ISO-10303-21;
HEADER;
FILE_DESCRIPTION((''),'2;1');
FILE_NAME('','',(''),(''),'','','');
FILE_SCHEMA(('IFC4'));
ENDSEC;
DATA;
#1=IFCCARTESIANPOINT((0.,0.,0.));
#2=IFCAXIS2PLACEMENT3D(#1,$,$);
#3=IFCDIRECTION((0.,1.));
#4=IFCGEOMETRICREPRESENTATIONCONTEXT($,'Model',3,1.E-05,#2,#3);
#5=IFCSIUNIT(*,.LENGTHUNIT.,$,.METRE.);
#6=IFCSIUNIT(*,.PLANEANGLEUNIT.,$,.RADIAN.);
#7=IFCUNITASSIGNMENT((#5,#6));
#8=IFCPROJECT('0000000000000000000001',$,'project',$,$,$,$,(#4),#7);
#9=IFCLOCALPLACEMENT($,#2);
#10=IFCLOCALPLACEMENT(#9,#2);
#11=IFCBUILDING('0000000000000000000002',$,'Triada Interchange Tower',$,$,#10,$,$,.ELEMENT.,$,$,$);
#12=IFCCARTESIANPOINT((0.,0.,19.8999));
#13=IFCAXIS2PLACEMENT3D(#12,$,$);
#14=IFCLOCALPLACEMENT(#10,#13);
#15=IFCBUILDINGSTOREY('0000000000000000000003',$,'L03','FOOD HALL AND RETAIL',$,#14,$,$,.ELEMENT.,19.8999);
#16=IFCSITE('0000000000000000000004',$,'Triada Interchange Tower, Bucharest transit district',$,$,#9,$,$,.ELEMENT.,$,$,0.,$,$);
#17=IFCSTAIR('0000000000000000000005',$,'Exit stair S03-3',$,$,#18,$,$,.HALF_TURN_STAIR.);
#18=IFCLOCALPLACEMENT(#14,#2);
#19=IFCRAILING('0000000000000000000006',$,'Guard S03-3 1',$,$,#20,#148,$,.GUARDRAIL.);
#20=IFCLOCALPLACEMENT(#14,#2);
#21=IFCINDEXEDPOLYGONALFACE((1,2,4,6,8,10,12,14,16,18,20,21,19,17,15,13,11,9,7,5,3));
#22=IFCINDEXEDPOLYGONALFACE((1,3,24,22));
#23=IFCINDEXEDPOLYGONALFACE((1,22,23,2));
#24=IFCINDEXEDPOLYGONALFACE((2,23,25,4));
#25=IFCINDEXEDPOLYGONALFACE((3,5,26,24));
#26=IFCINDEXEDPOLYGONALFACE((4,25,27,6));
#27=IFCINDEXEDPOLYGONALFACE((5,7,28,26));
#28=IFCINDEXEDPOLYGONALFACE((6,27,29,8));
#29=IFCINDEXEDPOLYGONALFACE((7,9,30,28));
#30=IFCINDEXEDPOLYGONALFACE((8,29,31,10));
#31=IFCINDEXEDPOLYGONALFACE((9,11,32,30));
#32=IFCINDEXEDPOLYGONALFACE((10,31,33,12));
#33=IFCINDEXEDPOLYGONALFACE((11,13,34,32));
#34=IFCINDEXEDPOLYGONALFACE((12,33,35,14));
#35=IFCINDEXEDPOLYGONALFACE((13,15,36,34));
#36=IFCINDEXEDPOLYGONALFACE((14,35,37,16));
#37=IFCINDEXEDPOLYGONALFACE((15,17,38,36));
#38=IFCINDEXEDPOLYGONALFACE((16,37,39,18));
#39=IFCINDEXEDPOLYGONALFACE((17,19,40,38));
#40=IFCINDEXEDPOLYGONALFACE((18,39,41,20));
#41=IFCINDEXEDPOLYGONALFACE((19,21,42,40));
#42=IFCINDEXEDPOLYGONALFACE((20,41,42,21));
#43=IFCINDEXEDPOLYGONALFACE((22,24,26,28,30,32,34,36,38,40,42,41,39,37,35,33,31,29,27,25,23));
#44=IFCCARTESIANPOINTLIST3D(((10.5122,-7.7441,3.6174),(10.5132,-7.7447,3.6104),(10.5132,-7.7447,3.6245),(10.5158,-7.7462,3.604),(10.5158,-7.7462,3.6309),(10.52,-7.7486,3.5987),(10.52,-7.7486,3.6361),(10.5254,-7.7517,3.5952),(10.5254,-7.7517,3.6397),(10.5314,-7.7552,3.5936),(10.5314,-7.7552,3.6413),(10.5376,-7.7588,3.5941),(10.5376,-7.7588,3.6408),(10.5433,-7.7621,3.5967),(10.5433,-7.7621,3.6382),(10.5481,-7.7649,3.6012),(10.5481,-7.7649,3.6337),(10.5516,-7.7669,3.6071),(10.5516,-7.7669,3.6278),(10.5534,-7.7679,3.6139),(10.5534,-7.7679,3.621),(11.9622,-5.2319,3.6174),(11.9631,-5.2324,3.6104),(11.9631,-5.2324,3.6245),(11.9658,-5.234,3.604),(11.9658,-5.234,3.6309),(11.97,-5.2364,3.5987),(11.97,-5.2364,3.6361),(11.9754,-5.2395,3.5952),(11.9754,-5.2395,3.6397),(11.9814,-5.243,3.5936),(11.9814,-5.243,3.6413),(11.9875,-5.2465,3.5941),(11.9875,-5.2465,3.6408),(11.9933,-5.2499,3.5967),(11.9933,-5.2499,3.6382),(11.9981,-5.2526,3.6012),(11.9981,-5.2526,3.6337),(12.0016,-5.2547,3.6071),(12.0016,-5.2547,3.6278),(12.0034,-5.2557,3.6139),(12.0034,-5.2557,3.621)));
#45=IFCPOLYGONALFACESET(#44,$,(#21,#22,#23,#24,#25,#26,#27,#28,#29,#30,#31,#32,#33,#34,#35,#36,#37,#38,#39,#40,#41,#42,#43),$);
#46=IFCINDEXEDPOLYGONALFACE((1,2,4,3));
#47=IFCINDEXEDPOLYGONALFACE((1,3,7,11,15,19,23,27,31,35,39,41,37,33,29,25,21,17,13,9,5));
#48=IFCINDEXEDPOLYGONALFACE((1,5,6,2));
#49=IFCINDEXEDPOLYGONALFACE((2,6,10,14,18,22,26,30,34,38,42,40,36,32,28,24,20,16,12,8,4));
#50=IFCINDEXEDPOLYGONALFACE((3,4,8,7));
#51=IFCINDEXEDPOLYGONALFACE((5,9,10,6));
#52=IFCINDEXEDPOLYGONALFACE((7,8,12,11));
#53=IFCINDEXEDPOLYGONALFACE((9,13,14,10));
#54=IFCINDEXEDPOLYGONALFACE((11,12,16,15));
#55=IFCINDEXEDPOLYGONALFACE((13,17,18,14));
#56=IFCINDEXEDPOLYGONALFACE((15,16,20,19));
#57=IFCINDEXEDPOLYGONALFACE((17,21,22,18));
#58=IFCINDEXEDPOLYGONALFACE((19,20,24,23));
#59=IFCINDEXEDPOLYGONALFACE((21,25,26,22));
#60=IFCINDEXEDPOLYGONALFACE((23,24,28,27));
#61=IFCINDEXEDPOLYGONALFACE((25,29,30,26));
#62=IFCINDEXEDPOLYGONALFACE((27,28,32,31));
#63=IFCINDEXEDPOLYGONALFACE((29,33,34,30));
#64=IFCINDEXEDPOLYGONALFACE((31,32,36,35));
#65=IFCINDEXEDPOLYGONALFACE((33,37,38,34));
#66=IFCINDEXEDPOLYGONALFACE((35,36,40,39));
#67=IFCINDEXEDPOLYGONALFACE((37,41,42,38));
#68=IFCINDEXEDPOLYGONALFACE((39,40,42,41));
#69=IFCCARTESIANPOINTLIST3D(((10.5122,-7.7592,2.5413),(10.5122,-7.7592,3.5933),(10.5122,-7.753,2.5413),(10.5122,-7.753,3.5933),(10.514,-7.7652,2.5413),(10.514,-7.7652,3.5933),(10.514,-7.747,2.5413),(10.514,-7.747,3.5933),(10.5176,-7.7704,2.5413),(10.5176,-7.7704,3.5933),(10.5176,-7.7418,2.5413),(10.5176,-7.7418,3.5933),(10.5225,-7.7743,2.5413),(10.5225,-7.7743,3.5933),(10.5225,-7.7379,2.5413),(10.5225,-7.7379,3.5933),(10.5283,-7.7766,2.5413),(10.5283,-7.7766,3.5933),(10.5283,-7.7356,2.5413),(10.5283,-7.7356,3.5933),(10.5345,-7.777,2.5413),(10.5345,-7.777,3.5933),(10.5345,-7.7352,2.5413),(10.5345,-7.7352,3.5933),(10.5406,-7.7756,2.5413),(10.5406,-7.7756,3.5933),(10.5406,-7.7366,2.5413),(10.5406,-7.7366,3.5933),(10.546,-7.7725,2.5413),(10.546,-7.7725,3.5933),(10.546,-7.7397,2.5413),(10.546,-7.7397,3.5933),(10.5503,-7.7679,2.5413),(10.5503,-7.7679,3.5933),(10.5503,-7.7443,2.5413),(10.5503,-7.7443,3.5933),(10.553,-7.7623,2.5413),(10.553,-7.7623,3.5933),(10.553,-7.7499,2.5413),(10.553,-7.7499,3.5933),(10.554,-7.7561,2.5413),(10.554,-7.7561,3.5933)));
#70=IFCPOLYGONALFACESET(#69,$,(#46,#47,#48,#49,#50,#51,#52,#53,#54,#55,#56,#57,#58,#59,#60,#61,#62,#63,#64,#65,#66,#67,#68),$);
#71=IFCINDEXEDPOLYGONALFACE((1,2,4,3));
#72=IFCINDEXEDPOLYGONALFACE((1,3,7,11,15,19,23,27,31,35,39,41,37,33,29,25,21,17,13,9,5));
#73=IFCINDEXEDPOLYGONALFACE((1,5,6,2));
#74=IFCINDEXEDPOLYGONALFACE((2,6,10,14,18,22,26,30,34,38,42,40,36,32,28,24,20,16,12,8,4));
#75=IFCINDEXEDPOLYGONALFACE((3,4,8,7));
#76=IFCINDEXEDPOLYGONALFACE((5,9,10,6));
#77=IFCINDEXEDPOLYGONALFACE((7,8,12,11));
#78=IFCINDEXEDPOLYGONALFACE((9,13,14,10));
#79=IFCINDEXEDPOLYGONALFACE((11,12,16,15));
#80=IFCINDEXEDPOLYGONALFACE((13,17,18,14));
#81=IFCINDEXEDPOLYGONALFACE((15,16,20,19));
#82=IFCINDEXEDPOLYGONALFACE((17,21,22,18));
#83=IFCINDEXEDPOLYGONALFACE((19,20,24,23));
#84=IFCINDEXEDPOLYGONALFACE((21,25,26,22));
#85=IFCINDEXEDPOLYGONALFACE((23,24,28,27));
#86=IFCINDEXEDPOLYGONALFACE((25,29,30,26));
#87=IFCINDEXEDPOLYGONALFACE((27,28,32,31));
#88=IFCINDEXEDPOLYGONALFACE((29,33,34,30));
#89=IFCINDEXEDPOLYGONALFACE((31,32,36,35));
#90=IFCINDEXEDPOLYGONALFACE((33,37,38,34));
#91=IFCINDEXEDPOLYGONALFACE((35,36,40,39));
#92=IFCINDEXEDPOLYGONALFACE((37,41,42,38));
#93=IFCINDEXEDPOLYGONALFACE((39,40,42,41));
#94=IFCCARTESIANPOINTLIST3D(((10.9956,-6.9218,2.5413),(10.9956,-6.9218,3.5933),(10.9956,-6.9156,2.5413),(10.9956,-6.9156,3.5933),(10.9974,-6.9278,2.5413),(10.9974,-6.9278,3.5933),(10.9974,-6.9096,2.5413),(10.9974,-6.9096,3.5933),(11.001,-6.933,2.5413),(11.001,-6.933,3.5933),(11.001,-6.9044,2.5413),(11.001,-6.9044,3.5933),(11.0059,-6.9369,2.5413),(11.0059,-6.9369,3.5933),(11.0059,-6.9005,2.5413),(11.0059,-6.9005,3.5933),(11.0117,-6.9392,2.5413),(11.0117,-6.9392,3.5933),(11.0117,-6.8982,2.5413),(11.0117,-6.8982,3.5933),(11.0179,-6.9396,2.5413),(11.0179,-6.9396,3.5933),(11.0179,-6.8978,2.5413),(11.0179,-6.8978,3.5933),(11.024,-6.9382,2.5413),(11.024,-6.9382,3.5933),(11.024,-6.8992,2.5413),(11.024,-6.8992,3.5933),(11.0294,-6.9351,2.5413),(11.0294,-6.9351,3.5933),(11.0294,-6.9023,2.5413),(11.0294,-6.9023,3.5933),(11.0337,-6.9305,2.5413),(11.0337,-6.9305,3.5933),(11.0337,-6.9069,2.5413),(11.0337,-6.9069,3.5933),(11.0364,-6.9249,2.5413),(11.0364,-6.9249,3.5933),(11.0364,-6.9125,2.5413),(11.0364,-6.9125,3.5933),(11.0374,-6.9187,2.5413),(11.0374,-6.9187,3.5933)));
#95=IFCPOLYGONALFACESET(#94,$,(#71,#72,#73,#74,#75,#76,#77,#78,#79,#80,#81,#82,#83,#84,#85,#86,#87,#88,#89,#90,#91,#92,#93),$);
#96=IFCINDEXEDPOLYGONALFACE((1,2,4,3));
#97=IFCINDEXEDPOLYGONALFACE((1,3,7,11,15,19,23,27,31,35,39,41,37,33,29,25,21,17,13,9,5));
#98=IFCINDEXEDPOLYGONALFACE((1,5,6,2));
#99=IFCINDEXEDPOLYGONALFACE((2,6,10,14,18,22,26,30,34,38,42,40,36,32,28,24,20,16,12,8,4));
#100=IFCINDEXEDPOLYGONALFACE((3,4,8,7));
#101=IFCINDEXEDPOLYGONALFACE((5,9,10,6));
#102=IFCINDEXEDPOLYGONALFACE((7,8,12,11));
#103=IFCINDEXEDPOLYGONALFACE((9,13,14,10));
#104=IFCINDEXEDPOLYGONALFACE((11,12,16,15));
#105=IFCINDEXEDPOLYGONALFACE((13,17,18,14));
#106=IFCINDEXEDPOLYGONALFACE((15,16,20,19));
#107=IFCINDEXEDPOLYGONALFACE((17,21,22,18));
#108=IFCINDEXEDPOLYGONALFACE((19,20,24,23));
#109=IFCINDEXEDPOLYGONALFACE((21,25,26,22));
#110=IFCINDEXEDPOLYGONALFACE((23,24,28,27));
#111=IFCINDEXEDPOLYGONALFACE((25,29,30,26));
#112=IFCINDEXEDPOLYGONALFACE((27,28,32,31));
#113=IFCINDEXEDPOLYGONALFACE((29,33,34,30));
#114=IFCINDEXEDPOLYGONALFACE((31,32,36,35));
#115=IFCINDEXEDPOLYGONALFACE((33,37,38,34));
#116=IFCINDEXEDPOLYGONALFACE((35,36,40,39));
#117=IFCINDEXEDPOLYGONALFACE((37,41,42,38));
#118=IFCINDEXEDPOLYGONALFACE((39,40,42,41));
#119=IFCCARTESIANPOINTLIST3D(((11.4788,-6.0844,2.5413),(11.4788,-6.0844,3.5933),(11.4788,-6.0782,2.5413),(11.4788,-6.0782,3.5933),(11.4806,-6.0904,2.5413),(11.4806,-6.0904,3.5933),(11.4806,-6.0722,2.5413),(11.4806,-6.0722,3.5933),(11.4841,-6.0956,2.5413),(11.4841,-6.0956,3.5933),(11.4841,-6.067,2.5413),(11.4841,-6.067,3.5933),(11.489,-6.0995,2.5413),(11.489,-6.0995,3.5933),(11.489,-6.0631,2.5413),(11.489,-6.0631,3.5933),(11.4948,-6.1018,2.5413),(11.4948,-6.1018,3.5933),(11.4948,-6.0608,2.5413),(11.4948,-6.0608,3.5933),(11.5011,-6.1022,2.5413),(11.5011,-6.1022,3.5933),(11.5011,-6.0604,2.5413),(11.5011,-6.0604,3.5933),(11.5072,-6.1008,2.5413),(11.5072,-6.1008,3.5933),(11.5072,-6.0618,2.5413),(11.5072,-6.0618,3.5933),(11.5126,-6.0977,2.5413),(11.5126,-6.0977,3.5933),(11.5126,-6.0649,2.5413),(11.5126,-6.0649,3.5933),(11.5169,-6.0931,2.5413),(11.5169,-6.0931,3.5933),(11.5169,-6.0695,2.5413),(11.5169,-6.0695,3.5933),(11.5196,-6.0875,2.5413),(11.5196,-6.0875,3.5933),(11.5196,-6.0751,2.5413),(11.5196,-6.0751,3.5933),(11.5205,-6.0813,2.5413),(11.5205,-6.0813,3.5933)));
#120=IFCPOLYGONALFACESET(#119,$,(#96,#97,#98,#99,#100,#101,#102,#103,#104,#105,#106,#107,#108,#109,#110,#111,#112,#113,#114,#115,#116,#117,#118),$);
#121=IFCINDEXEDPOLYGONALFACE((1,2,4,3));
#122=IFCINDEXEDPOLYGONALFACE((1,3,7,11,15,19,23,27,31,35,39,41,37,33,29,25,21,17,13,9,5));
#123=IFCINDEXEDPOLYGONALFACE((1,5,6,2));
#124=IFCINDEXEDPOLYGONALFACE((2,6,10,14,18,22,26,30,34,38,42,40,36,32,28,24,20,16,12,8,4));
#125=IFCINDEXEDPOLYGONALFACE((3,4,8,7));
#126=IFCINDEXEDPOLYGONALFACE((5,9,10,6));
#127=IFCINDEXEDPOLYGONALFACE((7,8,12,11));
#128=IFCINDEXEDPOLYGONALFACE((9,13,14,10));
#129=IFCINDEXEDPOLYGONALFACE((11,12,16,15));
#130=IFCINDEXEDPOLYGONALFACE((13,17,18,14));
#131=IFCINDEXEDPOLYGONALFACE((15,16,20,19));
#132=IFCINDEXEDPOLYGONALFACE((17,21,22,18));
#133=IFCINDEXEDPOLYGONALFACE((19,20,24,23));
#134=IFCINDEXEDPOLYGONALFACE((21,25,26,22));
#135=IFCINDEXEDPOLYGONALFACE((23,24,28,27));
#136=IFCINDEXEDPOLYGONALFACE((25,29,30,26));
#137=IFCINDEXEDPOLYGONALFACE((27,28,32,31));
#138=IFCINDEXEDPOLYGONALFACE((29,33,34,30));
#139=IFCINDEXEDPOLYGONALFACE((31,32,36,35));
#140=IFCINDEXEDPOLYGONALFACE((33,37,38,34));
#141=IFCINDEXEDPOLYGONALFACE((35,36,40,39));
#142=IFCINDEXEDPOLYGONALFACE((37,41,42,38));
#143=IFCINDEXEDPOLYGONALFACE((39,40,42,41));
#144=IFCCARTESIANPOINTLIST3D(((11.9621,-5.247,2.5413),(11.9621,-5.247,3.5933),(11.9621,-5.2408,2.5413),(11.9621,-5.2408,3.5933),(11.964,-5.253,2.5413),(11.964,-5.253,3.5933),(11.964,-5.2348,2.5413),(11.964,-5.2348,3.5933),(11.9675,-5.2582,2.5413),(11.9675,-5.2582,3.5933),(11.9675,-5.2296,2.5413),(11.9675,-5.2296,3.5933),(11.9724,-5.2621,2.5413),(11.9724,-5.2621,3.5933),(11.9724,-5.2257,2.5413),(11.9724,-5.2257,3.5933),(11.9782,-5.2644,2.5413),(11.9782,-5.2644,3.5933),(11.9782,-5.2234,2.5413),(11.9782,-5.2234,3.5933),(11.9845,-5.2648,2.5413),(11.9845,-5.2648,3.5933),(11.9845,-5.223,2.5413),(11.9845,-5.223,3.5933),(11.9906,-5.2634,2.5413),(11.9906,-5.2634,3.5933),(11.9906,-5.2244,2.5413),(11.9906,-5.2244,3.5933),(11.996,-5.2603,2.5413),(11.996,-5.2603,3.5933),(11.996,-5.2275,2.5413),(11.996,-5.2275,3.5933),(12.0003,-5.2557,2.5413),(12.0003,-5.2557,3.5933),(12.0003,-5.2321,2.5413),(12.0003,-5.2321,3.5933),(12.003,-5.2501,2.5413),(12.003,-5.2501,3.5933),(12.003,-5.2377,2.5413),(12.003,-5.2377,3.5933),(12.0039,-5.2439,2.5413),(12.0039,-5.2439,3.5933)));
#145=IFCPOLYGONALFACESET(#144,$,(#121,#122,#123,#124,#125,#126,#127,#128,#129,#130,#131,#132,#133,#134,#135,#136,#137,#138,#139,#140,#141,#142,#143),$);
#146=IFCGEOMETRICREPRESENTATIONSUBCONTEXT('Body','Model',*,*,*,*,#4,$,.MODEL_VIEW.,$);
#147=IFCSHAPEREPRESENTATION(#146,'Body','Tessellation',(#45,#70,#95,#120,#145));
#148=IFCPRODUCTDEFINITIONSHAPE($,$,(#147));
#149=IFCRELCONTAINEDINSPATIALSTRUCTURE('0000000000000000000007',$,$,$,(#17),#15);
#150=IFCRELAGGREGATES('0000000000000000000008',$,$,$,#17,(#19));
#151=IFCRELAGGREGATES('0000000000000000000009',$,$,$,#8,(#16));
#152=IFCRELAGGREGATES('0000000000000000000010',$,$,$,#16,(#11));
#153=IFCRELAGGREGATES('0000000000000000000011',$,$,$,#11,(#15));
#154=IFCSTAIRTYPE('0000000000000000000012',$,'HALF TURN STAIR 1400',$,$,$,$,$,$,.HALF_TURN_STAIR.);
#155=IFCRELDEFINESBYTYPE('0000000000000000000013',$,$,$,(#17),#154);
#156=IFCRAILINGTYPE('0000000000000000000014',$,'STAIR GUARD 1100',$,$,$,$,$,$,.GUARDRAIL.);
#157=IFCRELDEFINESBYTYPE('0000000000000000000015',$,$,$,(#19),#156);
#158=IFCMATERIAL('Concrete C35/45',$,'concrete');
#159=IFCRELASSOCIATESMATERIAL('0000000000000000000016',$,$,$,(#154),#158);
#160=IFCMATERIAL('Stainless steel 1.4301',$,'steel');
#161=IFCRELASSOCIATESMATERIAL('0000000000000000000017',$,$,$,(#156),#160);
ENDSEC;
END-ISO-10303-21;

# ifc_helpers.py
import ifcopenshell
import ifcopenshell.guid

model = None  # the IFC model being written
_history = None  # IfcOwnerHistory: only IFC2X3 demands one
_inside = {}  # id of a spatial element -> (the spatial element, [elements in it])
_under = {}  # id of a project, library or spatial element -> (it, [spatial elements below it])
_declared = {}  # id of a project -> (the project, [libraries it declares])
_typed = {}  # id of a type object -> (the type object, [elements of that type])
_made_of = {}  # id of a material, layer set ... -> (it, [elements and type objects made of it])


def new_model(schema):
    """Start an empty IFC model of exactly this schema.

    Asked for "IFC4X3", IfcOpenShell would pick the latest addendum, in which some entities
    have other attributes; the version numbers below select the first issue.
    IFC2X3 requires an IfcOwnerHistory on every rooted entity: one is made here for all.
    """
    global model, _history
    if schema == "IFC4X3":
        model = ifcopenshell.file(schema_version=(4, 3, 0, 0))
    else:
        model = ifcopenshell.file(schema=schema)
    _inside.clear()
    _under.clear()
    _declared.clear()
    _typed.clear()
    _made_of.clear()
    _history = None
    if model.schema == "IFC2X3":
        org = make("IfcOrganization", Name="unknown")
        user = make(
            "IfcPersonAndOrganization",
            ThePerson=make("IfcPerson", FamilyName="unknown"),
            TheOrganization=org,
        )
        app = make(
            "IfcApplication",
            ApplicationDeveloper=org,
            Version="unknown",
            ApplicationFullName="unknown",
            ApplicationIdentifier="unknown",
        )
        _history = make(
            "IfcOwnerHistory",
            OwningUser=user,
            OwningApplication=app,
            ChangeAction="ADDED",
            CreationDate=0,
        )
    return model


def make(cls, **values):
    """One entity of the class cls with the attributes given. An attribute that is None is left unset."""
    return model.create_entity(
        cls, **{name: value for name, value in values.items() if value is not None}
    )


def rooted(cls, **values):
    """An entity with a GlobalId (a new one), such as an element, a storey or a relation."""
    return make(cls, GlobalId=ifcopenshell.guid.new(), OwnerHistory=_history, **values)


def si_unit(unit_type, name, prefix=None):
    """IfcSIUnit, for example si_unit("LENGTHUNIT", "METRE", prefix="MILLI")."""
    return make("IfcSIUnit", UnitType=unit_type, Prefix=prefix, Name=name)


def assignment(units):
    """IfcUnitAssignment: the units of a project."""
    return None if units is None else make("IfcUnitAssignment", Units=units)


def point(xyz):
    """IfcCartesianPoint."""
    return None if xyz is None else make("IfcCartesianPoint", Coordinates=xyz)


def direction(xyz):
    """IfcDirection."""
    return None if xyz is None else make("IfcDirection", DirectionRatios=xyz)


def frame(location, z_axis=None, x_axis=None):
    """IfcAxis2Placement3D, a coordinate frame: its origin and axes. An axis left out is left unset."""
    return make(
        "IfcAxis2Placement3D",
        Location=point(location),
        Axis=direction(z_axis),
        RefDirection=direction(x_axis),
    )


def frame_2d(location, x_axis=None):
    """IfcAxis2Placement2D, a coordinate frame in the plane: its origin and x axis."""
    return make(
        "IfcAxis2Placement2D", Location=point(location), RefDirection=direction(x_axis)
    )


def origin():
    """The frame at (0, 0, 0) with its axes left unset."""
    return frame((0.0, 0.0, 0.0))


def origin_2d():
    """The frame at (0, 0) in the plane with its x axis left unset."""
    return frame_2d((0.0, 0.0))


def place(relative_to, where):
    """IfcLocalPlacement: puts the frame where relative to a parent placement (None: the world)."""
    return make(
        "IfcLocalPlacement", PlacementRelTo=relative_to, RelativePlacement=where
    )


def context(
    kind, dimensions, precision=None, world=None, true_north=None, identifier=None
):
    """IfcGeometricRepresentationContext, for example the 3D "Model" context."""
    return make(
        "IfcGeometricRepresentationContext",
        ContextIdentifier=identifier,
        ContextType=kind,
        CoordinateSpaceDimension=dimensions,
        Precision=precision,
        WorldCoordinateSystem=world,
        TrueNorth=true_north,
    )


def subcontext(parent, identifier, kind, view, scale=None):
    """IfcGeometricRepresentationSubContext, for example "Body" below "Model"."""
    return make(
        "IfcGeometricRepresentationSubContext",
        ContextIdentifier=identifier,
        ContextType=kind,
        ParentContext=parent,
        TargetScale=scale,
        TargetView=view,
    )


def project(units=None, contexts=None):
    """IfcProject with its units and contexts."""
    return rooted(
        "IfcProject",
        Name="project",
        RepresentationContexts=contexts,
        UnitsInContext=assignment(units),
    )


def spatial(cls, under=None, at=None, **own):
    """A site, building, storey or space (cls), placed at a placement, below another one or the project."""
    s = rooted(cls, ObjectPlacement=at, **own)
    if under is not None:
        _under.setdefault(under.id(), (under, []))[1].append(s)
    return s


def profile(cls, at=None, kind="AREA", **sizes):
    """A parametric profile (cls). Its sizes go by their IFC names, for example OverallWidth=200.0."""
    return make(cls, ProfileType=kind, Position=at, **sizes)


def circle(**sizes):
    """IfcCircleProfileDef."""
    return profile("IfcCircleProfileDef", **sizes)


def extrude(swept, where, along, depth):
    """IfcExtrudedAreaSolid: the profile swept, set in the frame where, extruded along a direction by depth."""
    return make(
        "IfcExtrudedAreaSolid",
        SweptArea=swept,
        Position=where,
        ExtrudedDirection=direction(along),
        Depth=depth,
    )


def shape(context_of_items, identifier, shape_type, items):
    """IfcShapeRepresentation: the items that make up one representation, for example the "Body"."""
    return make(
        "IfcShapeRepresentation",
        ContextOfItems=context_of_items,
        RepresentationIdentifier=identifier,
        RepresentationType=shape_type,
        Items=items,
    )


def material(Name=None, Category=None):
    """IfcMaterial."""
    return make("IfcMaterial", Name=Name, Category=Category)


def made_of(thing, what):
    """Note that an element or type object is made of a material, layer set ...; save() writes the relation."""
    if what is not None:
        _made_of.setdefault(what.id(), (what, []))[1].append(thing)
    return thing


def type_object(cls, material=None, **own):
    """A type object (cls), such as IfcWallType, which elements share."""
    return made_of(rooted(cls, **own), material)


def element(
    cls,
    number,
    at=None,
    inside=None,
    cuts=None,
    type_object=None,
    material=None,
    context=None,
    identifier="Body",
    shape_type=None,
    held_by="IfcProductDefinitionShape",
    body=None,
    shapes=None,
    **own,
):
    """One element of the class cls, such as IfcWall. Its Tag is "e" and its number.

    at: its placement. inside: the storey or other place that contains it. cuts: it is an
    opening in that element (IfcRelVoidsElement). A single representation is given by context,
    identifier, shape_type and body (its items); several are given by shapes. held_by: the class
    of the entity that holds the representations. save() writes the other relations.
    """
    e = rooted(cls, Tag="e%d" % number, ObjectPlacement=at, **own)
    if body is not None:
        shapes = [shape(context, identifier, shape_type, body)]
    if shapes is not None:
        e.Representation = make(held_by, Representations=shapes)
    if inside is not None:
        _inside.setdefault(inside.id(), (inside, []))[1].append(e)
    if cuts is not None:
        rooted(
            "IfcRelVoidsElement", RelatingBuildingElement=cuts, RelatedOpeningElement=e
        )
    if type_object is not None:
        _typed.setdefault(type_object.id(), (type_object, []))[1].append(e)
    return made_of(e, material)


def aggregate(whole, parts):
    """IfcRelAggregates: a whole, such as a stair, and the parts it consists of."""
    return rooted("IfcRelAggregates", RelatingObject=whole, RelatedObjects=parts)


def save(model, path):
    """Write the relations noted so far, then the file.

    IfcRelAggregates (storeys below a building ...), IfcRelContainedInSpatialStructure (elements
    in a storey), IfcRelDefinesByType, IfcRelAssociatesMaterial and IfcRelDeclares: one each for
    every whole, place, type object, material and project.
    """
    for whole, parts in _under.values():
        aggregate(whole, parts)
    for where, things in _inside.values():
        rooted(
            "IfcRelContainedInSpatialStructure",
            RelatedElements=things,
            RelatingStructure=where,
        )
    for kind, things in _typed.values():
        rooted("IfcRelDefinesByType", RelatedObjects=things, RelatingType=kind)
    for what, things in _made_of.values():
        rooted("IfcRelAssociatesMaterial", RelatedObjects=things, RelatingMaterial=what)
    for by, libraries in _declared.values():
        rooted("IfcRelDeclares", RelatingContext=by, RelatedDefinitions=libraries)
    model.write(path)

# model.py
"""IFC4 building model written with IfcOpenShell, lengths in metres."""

from ifc_helpers import new_model, si_unit, direction, frame, origin, origin_2d, place, context, subcontext, project, spatial, circle, extrude, material, type_object, element, aggregate, save


model = new_model("IFC4")

# Units and contexts
model_context = context("Model", 3, precision=1e-05, world=origin(), true_north=direction((0.0, 1.0)))
body_context = subcontext(model_context, "Body", "Model", "MODEL_VIEW")
ifc_project = project(units=[si_unit("LENGTHUNIT", "METRE"), si_unit("PLANEANGLEUNIT", "RADIAN")], contexts=[model_context])

# Site, building, storey
site_placement = place(None, origin())
site = spatial("IfcSite", under=ifc_project, at=site_placement, Name="Triada Interchange Tower, Bucharest transit district", CompositionType="ELEMENT", RefElevation=0.0)
building_placement = place(site_placement, origin())
building = spatial("IfcBuilding", under=site, at=building_placement, Name="Triada Interchange Tower", CompositionType="ELEMENT")
storey_placement = place(building_placement, frame((0.0, 0.0, 19.8999)))
storey = spatial("IfcBuildingStorey", under=building, at=storey_placement, Name="L03", Description="FOOD HALL AND RETAIL", CompositionType="ELEMENT", Elevation=19.8999)

# Shared definitions
ifc_material_1 = material(Name="Concrete C35/45", Category="concrete")

# Stair, railing
stair_type = type_object("IfcStairType", Name="HALF TURN STAIR 1400", PredefinedType="HALF_TURN_STAIR", material=ifc_material_1)
stair_placement = place(storey_placement, origin())
stair = element("IfcStair", 1, at=stair_placement, inside=storey, type_object=stair_type, Name="Exit stair S03-3", PredefinedType="HALF_TURN_STAIR")
ifc_material_2 = material(Name="Stainless steel 1.4301", Category="steel")
railing_type_1 = type_object("IfcRailingType", Name="STAIR GUARD 1100", PredefinedType="GUARDRAIL", material=ifc_material_2)
railing_1_placement = place(storey_placement, frame((10.533, -7.7561, 2.5413)))
railing_1 = element("IfcRailing", 2, at=railing_1_placement, type_object=railing_type_1, Name="Guard S03-3 1", PredefinedType="GUARDRAIL", context=body_context, shape_type="SweptSolid", body=[
    extrude(circle(Radius=0.0239, at=origin_2d()), frame((0.0, 0.0, 1.0762), z_axis=(0.499878, 0.866096, 0.0), x_axis=(-0.866096, 0.499878, 0.0)), (0.0, 0.0, 1.0), 2.9006),
    extrude(circle(Radius=0.021, at=origin_2d()), origin(), (0.0, 0.0, 1.0), 1.052),
    extrude(circle(Radius=0.021, at=origin_2d()), frame((0.4834, 0.8374, 0.0)), (0.0, 0.0, 1.0), 1.052),
    extrude(circle(Radius=0.021, at=origin_2d()), frame((0.9666, 1.6748, 0.0)), (0.0, 0.0, 1.0), 1.052),
    extrude(circle(Radius=0.021, at=origin_2d()), frame((1.45, 2.5122, 0.0)), (0.0, 0.0, 1.0), 1.052),
])
aggregate(stair, [railing_1])

save(model, "model.ifc")
